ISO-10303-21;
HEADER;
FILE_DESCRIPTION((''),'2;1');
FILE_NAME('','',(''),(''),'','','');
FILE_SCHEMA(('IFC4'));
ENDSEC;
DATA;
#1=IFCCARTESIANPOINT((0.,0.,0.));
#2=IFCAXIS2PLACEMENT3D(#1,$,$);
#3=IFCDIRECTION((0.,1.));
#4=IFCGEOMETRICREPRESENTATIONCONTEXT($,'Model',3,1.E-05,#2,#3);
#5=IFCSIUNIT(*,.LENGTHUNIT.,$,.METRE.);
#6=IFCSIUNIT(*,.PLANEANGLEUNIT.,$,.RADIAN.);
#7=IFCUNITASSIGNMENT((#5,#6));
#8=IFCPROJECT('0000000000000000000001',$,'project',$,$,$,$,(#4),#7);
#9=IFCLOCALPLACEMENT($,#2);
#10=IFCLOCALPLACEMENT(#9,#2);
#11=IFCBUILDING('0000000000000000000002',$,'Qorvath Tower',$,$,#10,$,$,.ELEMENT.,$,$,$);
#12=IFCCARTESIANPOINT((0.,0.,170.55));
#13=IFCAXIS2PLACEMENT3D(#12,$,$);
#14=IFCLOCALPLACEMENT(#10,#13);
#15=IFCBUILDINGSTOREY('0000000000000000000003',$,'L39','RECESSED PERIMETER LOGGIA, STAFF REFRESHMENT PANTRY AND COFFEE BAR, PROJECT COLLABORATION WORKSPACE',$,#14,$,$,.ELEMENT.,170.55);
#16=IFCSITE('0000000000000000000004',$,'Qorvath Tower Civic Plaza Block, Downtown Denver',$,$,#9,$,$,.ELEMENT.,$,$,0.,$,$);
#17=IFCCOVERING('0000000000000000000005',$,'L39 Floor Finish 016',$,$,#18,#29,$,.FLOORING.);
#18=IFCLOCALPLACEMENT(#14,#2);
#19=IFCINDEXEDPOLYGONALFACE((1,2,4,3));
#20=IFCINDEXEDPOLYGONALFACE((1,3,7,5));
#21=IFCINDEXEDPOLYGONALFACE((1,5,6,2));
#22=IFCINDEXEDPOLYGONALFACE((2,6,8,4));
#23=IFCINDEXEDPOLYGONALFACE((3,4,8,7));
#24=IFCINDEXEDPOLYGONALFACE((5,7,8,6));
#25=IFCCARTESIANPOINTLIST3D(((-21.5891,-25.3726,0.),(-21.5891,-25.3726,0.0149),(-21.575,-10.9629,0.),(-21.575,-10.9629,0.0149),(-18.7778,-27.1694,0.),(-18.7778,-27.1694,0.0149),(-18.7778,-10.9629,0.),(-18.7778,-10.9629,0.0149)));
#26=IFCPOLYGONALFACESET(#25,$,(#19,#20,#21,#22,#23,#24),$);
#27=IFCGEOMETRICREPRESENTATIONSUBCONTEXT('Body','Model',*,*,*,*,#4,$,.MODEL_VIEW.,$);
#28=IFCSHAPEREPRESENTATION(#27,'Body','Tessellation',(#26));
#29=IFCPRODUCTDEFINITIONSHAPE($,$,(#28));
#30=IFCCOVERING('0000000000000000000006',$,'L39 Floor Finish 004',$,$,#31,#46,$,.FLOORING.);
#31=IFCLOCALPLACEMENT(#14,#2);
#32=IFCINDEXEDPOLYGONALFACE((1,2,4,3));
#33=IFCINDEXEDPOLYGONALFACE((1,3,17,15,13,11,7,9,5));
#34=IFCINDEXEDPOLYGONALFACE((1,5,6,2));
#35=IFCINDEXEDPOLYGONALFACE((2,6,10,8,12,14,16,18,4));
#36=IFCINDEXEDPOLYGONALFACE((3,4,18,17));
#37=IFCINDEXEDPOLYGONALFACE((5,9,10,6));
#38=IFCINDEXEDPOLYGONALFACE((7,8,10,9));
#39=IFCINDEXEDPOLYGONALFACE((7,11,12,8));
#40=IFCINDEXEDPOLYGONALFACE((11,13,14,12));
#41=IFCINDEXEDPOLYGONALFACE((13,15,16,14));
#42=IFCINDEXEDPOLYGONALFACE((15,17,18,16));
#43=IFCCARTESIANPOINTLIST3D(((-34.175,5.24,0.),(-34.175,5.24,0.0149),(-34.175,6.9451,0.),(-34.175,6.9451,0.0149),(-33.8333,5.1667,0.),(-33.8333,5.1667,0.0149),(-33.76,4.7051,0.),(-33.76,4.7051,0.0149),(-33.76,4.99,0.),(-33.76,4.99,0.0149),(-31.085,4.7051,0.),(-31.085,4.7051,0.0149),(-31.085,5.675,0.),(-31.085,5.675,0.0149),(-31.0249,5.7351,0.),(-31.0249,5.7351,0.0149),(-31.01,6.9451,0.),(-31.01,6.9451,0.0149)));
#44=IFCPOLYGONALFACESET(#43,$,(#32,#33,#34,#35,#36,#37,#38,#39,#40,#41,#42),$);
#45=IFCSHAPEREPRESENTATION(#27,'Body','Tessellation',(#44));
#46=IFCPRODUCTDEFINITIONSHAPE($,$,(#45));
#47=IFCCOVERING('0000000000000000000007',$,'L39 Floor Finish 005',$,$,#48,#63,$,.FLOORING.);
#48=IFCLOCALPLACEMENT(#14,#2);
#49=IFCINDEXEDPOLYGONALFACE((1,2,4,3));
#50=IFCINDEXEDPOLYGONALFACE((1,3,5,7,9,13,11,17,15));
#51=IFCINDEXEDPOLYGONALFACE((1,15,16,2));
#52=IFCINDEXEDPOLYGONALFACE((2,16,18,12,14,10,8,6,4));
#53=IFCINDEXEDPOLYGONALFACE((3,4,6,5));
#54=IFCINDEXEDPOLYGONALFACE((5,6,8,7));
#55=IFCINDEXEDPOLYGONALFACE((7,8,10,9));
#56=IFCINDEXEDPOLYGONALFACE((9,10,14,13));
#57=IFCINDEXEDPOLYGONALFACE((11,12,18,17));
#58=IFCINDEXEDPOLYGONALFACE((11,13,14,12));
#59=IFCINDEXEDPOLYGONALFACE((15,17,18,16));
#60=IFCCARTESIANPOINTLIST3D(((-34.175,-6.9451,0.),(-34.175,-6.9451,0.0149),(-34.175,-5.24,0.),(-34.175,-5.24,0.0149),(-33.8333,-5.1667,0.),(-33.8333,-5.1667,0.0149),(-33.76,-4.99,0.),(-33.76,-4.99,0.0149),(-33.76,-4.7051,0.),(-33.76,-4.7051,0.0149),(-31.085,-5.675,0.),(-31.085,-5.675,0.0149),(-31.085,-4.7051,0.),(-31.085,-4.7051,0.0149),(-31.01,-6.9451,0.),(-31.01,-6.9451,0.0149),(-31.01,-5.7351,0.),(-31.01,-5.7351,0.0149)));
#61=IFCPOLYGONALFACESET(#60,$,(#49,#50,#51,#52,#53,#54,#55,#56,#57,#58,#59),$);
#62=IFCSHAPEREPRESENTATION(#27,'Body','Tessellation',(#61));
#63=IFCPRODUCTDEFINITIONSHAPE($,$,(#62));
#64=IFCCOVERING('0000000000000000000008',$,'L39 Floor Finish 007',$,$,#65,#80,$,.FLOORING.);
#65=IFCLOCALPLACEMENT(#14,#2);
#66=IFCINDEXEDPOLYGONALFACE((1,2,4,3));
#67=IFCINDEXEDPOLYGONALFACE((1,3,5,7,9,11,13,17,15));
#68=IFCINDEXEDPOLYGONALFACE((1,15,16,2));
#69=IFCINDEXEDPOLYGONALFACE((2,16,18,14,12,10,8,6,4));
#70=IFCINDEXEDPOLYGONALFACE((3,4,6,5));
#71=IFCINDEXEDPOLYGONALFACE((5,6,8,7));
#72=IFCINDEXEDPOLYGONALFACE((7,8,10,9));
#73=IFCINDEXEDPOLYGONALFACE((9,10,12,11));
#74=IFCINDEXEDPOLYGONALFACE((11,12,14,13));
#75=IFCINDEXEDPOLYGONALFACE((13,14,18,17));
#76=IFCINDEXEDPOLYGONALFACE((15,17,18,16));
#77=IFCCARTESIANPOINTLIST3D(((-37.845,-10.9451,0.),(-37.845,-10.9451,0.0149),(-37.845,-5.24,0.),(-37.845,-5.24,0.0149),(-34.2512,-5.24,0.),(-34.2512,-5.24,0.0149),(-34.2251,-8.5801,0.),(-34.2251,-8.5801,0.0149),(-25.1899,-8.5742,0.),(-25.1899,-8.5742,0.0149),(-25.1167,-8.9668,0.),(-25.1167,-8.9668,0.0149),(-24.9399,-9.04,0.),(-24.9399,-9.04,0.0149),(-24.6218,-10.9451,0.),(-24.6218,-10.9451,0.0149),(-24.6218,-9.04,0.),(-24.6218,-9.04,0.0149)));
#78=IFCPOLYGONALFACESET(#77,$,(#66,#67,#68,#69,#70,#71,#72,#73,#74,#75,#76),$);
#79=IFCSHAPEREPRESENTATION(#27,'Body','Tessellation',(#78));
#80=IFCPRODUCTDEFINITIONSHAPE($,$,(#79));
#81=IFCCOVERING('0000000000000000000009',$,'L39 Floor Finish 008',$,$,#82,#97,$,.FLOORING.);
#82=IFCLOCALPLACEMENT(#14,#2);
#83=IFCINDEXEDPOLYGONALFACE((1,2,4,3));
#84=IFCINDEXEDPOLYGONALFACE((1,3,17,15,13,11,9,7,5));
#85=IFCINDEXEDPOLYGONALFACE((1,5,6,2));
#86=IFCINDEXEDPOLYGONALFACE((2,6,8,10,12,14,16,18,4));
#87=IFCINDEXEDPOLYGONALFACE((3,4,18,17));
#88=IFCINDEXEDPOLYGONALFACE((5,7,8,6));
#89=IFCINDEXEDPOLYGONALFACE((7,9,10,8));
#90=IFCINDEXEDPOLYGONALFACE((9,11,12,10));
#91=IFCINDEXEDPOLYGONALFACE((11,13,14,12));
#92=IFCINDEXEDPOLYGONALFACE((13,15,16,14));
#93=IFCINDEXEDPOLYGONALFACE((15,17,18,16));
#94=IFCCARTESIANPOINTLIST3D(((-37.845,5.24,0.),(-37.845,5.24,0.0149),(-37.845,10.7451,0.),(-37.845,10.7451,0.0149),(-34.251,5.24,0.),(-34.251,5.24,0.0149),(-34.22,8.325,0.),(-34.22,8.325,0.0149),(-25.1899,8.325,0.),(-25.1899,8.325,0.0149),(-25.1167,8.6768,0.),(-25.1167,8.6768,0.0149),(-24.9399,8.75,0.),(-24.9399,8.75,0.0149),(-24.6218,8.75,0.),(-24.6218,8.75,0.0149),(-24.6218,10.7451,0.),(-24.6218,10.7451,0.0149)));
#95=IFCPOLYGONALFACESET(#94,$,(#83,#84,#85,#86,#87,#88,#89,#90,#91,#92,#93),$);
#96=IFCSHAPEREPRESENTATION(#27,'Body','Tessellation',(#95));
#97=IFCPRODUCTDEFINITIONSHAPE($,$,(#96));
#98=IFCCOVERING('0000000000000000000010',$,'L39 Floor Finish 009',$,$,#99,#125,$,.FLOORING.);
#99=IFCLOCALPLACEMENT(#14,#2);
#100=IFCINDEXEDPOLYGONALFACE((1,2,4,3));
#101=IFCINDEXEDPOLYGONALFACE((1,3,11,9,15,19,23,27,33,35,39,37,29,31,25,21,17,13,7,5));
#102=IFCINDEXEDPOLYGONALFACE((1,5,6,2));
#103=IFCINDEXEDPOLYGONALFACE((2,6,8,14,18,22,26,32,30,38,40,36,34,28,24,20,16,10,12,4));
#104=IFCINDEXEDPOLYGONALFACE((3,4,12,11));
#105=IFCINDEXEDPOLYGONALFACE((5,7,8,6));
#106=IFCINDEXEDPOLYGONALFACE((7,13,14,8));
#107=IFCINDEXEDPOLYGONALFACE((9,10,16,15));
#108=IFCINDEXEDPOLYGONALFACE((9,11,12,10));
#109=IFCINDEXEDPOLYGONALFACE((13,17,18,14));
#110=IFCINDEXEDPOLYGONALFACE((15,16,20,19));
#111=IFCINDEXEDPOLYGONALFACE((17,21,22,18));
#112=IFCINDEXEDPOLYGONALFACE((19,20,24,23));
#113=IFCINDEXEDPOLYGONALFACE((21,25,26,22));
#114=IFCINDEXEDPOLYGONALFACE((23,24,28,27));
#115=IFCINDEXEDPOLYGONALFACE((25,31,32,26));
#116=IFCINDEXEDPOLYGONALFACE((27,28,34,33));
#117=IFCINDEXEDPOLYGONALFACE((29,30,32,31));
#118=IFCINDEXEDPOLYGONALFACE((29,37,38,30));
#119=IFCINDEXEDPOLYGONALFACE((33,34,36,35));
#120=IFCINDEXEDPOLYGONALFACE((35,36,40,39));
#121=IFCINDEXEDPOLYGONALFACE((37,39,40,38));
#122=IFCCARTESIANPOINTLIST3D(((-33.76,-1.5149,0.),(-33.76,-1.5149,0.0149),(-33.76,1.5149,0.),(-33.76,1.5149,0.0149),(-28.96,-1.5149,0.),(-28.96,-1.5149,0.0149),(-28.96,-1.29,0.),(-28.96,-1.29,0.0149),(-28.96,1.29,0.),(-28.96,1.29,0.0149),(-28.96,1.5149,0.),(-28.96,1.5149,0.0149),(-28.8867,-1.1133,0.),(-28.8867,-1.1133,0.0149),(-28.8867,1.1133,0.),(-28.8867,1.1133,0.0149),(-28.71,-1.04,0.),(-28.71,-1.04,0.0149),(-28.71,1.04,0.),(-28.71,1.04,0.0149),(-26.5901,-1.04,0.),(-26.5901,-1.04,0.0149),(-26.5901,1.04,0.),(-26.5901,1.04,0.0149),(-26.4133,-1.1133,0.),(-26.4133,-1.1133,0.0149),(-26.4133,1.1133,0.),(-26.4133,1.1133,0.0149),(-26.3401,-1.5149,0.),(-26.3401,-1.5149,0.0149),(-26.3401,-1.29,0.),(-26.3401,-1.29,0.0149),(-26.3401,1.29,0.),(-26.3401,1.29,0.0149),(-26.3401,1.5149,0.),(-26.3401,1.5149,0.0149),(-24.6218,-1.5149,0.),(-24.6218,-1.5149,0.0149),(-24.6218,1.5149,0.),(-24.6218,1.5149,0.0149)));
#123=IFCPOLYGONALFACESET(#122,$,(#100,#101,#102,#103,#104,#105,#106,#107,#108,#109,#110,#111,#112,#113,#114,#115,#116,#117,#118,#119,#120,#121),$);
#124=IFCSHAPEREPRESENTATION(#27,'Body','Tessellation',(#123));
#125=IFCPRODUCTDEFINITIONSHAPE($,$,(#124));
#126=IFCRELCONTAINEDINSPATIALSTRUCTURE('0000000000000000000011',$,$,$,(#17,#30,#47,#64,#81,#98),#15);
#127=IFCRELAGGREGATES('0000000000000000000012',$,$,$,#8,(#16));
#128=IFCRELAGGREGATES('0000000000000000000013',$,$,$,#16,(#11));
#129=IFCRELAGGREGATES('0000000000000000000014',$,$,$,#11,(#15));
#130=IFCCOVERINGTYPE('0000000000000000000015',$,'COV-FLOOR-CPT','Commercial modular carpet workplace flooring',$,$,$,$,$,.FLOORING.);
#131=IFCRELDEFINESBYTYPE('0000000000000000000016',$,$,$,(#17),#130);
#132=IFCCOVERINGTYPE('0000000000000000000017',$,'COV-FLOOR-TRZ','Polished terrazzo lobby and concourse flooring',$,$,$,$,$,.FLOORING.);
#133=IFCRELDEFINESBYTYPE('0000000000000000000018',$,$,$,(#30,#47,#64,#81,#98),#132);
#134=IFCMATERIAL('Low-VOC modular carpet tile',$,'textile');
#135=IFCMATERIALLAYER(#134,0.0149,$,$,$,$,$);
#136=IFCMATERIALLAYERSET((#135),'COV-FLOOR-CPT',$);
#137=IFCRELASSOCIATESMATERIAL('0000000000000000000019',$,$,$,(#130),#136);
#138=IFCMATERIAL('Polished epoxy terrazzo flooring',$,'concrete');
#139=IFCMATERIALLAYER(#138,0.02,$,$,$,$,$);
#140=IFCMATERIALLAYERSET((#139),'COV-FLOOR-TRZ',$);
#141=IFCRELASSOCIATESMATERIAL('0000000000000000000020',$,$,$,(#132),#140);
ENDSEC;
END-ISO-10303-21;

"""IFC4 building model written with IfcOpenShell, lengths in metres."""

from ifc_helpers import new_model, si_unit, direction, frame, origin, place, context, subcontext, project, spatial, polyline, outline, extrude, material, layer, layer_set, type_object, element, save


model = new_model("IFC4")

# Units and contexts
model_context = context("Model", 3, precision=1e-05, world=origin(), true_north=direction((0.0, 1.0)))
body_context = subcontext(model_context, "Body", "Model", "MODEL_VIEW")
ifc_project = project(units=[si_unit("LENGTHUNIT", "METRE"), si_unit("PLANEANGLEUNIT", "RADIAN")], contexts=[model_context])

# Site, building, storey
site_placement = place(None, origin())
site = spatial("IfcSite", under=ifc_project, at=site_placement, Name="Qorvath Tower Civic Plaza Block, Downtown Denver", CompositionType="ELEMENT", RefElevation=0.0)
building_placement = place(site_placement, origin())
building = spatial("IfcBuilding", under=site, at=building_placement, Name="Qorvath Tower", CompositionType="ELEMENT")
storey_placement = place(building_placement, frame((0.0, 0.0, 170.55)))
storey = spatial("IfcBuildingStorey", under=building, at=storey_placement, Name="L39", Description="RECESSED PERIMETER LOGGIA, STAFF REFRESHMENT PANTRY AND COFFEE BAR, PROJECT COLLABORATION WORKSPACE", CompositionType="ELEMENT", Elevation=170.55)

# Coverings
ifc_material_1 = material(Name="Low-VOC modular carpet tile", Category="textile")
ifc_layer_1 = layer(ifc_material_1, 0.0149)
ifc_layer_set_1 = layer_set([ifc_layer_1], Name="COV-FLOOR-CPT")
covering_type_1 = type_object("IfcCoveringType", Name="COV-FLOOR-CPT", Description="Commercial modular carpet workplace flooring", PredefinedType="FLOORING", material=ifc_layer_set_1)
covering_1_placement = place(storey_placement, origin())
element("IfcCovering", 1, at=covering_1_placement, inside=storey, type_object=covering_type_1, Name="L39 Floor Finish 016", PredefinedType="FLOORING", context=body_context, shape_type="SweptSolid", body=[
    extrude(outline(polyline([(-18.7778, -27.1694), (-18.7778, -10.9629), (-21.575, -10.9629), (-21.5891, -25.3726), (-18.7778, -27.1694)])), origin(), (0.0, 0.0, 1.0), 0.0149),
])
ifc_material_2 = material(Name="Polished epoxy terrazzo flooring", Category="concrete")
ifc_layer_2 = layer(ifc_material_2, 0.02)
ifc_layer_set_2 = layer_set([ifc_layer_2], Name="COV-FLOOR-TRZ")
covering_type_2 = type_object("IfcCoveringType", Name="COV-FLOOR-TRZ", Description="Polished terrazzo lobby and concourse flooring", PredefinedType="FLOORING", material=ifc_layer_set_2)
covering_2_placement = place(storey_placement, origin())
element("IfcCovering", 2, at=covering_2_placement, inside=storey, type_object=covering_type_2, Name="L39 Floor Finish 004", PredefinedType="FLOORING", context=body_context, shape_type="SweptSolid", body=[
    extrude(outline(polyline([(-31.01, 6.9451), (-34.175, 6.9451), (-34.175, 5.24), (-33.8333, 5.1667), (-33.76, 4.99), (-33.76, 4.7051), (-31.085, 4.7051), (-31.085, 5.675), (-31.0249, 5.7351), (-31.01, 6.9451)])), origin(), (0.0, 0.0, 1.0), 0.0149),
])
covering_3_placement = place(storey_placement, origin())
element("IfcCovering", 3, at=covering_3_placement, inside=storey, type_object=covering_type_2, Name="L39 Floor Finish 005", PredefinedType="FLOORING", context=body_context, shape_type="SweptSolid", body=[
    extrude(outline(polyline([(-31.085, -4.7051), (-33.76, -4.7051), (-33.76, -4.99), (-33.8333, -5.1667), (-34.175, -5.24), (-34.175, -6.9451), (-31.01, -6.9451), (-31.01, -5.7351), (-31.085, -5.675), (-31.085, -4.7051)])), origin(), (0.0, 0.0, 1.0), 0.0149),
])
covering_4_placement = place(storey_placement, origin())
element("IfcCovering", 4, at=covering_4_placement, inside=storey, type_object=covering_type_2, Name="L39 Floor Finish 007", PredefinedType="FLOORING", context=body_context, shape_type="SweptSolid", body=[
    extrude(outline(polyline([(-34.2251, -8.5801), (-34.2512, -5.24), (-37.845, -5.24), (-37.845, -10.9451), (-24.6218, -10.9451), (-24.6218, -9.04), (-24.9399, -9.04), (-25.1167, -8.9668), (-25.1899, -8.5742), (-34.2251, -8.5801)])), origin(), (0.0, 0.0, 1.0), 0.0149),
])
covering_5_placement = place(storey_placement, origin())
element("IfcCovering", 5, at=covering_5_placement, inside=storey, type_object=covering_type_2, Name="L39 Floor Finish 008", PredefinedType="FLOORING", context=body_context, shape_type="SweptSolid", body=[
    extrude(outline(polyline([(-24.6218, 8.75), (-24.6218, 10.7451), (-37.845, 10.7451), (-37.845, 5.24), (-34.251, 5.24), (-34.22, 8.325), (-25.1899, 8.325), (-25.1167, 8.6768), (-24.9399, 8.75), (-24.6218, 8.75)])), origin(), (0.0, 0.0, 1.0), 0.0149),
])
covering_6_placement = place(storey_placement, origin())
element("IfcCovering", 6, at=covering_6_placement, inside=storey, type_object=covering_type_2, Name="L39 Floor Finish 009", PredefinedType="FLOORING", context=body_context, shape_type="SweptSolid", body=[
    extrude(outline(polyline([(-24.6218, -1.5149), (-24.6218, 1.5149), (-26.3401, 1.5149), (-26.3401, 1.29), (-26.4133, 1.1133), (-26.5901, 1.04), (-28.71, 1.04), (-28.8867, 1.1133), (-28.96, 1.29), (-28.96, 1.5149), (-33.76, 1.5149), (-33.76, -1.5149), (-28.96, -1.5149), (-28.96, -1.29), (-28.8867, -1.1133), (-28.71, -1.04), (-26.5901, -1.04), (-26.4133, -1.1133), (-26.3401, -1.29), (-26.3401, -1.5149), (-24.6218, -1.5149)])), origin(), (0.0, 0.0, 1.0), 0.0149),
])

save(model, "model.ifc")
